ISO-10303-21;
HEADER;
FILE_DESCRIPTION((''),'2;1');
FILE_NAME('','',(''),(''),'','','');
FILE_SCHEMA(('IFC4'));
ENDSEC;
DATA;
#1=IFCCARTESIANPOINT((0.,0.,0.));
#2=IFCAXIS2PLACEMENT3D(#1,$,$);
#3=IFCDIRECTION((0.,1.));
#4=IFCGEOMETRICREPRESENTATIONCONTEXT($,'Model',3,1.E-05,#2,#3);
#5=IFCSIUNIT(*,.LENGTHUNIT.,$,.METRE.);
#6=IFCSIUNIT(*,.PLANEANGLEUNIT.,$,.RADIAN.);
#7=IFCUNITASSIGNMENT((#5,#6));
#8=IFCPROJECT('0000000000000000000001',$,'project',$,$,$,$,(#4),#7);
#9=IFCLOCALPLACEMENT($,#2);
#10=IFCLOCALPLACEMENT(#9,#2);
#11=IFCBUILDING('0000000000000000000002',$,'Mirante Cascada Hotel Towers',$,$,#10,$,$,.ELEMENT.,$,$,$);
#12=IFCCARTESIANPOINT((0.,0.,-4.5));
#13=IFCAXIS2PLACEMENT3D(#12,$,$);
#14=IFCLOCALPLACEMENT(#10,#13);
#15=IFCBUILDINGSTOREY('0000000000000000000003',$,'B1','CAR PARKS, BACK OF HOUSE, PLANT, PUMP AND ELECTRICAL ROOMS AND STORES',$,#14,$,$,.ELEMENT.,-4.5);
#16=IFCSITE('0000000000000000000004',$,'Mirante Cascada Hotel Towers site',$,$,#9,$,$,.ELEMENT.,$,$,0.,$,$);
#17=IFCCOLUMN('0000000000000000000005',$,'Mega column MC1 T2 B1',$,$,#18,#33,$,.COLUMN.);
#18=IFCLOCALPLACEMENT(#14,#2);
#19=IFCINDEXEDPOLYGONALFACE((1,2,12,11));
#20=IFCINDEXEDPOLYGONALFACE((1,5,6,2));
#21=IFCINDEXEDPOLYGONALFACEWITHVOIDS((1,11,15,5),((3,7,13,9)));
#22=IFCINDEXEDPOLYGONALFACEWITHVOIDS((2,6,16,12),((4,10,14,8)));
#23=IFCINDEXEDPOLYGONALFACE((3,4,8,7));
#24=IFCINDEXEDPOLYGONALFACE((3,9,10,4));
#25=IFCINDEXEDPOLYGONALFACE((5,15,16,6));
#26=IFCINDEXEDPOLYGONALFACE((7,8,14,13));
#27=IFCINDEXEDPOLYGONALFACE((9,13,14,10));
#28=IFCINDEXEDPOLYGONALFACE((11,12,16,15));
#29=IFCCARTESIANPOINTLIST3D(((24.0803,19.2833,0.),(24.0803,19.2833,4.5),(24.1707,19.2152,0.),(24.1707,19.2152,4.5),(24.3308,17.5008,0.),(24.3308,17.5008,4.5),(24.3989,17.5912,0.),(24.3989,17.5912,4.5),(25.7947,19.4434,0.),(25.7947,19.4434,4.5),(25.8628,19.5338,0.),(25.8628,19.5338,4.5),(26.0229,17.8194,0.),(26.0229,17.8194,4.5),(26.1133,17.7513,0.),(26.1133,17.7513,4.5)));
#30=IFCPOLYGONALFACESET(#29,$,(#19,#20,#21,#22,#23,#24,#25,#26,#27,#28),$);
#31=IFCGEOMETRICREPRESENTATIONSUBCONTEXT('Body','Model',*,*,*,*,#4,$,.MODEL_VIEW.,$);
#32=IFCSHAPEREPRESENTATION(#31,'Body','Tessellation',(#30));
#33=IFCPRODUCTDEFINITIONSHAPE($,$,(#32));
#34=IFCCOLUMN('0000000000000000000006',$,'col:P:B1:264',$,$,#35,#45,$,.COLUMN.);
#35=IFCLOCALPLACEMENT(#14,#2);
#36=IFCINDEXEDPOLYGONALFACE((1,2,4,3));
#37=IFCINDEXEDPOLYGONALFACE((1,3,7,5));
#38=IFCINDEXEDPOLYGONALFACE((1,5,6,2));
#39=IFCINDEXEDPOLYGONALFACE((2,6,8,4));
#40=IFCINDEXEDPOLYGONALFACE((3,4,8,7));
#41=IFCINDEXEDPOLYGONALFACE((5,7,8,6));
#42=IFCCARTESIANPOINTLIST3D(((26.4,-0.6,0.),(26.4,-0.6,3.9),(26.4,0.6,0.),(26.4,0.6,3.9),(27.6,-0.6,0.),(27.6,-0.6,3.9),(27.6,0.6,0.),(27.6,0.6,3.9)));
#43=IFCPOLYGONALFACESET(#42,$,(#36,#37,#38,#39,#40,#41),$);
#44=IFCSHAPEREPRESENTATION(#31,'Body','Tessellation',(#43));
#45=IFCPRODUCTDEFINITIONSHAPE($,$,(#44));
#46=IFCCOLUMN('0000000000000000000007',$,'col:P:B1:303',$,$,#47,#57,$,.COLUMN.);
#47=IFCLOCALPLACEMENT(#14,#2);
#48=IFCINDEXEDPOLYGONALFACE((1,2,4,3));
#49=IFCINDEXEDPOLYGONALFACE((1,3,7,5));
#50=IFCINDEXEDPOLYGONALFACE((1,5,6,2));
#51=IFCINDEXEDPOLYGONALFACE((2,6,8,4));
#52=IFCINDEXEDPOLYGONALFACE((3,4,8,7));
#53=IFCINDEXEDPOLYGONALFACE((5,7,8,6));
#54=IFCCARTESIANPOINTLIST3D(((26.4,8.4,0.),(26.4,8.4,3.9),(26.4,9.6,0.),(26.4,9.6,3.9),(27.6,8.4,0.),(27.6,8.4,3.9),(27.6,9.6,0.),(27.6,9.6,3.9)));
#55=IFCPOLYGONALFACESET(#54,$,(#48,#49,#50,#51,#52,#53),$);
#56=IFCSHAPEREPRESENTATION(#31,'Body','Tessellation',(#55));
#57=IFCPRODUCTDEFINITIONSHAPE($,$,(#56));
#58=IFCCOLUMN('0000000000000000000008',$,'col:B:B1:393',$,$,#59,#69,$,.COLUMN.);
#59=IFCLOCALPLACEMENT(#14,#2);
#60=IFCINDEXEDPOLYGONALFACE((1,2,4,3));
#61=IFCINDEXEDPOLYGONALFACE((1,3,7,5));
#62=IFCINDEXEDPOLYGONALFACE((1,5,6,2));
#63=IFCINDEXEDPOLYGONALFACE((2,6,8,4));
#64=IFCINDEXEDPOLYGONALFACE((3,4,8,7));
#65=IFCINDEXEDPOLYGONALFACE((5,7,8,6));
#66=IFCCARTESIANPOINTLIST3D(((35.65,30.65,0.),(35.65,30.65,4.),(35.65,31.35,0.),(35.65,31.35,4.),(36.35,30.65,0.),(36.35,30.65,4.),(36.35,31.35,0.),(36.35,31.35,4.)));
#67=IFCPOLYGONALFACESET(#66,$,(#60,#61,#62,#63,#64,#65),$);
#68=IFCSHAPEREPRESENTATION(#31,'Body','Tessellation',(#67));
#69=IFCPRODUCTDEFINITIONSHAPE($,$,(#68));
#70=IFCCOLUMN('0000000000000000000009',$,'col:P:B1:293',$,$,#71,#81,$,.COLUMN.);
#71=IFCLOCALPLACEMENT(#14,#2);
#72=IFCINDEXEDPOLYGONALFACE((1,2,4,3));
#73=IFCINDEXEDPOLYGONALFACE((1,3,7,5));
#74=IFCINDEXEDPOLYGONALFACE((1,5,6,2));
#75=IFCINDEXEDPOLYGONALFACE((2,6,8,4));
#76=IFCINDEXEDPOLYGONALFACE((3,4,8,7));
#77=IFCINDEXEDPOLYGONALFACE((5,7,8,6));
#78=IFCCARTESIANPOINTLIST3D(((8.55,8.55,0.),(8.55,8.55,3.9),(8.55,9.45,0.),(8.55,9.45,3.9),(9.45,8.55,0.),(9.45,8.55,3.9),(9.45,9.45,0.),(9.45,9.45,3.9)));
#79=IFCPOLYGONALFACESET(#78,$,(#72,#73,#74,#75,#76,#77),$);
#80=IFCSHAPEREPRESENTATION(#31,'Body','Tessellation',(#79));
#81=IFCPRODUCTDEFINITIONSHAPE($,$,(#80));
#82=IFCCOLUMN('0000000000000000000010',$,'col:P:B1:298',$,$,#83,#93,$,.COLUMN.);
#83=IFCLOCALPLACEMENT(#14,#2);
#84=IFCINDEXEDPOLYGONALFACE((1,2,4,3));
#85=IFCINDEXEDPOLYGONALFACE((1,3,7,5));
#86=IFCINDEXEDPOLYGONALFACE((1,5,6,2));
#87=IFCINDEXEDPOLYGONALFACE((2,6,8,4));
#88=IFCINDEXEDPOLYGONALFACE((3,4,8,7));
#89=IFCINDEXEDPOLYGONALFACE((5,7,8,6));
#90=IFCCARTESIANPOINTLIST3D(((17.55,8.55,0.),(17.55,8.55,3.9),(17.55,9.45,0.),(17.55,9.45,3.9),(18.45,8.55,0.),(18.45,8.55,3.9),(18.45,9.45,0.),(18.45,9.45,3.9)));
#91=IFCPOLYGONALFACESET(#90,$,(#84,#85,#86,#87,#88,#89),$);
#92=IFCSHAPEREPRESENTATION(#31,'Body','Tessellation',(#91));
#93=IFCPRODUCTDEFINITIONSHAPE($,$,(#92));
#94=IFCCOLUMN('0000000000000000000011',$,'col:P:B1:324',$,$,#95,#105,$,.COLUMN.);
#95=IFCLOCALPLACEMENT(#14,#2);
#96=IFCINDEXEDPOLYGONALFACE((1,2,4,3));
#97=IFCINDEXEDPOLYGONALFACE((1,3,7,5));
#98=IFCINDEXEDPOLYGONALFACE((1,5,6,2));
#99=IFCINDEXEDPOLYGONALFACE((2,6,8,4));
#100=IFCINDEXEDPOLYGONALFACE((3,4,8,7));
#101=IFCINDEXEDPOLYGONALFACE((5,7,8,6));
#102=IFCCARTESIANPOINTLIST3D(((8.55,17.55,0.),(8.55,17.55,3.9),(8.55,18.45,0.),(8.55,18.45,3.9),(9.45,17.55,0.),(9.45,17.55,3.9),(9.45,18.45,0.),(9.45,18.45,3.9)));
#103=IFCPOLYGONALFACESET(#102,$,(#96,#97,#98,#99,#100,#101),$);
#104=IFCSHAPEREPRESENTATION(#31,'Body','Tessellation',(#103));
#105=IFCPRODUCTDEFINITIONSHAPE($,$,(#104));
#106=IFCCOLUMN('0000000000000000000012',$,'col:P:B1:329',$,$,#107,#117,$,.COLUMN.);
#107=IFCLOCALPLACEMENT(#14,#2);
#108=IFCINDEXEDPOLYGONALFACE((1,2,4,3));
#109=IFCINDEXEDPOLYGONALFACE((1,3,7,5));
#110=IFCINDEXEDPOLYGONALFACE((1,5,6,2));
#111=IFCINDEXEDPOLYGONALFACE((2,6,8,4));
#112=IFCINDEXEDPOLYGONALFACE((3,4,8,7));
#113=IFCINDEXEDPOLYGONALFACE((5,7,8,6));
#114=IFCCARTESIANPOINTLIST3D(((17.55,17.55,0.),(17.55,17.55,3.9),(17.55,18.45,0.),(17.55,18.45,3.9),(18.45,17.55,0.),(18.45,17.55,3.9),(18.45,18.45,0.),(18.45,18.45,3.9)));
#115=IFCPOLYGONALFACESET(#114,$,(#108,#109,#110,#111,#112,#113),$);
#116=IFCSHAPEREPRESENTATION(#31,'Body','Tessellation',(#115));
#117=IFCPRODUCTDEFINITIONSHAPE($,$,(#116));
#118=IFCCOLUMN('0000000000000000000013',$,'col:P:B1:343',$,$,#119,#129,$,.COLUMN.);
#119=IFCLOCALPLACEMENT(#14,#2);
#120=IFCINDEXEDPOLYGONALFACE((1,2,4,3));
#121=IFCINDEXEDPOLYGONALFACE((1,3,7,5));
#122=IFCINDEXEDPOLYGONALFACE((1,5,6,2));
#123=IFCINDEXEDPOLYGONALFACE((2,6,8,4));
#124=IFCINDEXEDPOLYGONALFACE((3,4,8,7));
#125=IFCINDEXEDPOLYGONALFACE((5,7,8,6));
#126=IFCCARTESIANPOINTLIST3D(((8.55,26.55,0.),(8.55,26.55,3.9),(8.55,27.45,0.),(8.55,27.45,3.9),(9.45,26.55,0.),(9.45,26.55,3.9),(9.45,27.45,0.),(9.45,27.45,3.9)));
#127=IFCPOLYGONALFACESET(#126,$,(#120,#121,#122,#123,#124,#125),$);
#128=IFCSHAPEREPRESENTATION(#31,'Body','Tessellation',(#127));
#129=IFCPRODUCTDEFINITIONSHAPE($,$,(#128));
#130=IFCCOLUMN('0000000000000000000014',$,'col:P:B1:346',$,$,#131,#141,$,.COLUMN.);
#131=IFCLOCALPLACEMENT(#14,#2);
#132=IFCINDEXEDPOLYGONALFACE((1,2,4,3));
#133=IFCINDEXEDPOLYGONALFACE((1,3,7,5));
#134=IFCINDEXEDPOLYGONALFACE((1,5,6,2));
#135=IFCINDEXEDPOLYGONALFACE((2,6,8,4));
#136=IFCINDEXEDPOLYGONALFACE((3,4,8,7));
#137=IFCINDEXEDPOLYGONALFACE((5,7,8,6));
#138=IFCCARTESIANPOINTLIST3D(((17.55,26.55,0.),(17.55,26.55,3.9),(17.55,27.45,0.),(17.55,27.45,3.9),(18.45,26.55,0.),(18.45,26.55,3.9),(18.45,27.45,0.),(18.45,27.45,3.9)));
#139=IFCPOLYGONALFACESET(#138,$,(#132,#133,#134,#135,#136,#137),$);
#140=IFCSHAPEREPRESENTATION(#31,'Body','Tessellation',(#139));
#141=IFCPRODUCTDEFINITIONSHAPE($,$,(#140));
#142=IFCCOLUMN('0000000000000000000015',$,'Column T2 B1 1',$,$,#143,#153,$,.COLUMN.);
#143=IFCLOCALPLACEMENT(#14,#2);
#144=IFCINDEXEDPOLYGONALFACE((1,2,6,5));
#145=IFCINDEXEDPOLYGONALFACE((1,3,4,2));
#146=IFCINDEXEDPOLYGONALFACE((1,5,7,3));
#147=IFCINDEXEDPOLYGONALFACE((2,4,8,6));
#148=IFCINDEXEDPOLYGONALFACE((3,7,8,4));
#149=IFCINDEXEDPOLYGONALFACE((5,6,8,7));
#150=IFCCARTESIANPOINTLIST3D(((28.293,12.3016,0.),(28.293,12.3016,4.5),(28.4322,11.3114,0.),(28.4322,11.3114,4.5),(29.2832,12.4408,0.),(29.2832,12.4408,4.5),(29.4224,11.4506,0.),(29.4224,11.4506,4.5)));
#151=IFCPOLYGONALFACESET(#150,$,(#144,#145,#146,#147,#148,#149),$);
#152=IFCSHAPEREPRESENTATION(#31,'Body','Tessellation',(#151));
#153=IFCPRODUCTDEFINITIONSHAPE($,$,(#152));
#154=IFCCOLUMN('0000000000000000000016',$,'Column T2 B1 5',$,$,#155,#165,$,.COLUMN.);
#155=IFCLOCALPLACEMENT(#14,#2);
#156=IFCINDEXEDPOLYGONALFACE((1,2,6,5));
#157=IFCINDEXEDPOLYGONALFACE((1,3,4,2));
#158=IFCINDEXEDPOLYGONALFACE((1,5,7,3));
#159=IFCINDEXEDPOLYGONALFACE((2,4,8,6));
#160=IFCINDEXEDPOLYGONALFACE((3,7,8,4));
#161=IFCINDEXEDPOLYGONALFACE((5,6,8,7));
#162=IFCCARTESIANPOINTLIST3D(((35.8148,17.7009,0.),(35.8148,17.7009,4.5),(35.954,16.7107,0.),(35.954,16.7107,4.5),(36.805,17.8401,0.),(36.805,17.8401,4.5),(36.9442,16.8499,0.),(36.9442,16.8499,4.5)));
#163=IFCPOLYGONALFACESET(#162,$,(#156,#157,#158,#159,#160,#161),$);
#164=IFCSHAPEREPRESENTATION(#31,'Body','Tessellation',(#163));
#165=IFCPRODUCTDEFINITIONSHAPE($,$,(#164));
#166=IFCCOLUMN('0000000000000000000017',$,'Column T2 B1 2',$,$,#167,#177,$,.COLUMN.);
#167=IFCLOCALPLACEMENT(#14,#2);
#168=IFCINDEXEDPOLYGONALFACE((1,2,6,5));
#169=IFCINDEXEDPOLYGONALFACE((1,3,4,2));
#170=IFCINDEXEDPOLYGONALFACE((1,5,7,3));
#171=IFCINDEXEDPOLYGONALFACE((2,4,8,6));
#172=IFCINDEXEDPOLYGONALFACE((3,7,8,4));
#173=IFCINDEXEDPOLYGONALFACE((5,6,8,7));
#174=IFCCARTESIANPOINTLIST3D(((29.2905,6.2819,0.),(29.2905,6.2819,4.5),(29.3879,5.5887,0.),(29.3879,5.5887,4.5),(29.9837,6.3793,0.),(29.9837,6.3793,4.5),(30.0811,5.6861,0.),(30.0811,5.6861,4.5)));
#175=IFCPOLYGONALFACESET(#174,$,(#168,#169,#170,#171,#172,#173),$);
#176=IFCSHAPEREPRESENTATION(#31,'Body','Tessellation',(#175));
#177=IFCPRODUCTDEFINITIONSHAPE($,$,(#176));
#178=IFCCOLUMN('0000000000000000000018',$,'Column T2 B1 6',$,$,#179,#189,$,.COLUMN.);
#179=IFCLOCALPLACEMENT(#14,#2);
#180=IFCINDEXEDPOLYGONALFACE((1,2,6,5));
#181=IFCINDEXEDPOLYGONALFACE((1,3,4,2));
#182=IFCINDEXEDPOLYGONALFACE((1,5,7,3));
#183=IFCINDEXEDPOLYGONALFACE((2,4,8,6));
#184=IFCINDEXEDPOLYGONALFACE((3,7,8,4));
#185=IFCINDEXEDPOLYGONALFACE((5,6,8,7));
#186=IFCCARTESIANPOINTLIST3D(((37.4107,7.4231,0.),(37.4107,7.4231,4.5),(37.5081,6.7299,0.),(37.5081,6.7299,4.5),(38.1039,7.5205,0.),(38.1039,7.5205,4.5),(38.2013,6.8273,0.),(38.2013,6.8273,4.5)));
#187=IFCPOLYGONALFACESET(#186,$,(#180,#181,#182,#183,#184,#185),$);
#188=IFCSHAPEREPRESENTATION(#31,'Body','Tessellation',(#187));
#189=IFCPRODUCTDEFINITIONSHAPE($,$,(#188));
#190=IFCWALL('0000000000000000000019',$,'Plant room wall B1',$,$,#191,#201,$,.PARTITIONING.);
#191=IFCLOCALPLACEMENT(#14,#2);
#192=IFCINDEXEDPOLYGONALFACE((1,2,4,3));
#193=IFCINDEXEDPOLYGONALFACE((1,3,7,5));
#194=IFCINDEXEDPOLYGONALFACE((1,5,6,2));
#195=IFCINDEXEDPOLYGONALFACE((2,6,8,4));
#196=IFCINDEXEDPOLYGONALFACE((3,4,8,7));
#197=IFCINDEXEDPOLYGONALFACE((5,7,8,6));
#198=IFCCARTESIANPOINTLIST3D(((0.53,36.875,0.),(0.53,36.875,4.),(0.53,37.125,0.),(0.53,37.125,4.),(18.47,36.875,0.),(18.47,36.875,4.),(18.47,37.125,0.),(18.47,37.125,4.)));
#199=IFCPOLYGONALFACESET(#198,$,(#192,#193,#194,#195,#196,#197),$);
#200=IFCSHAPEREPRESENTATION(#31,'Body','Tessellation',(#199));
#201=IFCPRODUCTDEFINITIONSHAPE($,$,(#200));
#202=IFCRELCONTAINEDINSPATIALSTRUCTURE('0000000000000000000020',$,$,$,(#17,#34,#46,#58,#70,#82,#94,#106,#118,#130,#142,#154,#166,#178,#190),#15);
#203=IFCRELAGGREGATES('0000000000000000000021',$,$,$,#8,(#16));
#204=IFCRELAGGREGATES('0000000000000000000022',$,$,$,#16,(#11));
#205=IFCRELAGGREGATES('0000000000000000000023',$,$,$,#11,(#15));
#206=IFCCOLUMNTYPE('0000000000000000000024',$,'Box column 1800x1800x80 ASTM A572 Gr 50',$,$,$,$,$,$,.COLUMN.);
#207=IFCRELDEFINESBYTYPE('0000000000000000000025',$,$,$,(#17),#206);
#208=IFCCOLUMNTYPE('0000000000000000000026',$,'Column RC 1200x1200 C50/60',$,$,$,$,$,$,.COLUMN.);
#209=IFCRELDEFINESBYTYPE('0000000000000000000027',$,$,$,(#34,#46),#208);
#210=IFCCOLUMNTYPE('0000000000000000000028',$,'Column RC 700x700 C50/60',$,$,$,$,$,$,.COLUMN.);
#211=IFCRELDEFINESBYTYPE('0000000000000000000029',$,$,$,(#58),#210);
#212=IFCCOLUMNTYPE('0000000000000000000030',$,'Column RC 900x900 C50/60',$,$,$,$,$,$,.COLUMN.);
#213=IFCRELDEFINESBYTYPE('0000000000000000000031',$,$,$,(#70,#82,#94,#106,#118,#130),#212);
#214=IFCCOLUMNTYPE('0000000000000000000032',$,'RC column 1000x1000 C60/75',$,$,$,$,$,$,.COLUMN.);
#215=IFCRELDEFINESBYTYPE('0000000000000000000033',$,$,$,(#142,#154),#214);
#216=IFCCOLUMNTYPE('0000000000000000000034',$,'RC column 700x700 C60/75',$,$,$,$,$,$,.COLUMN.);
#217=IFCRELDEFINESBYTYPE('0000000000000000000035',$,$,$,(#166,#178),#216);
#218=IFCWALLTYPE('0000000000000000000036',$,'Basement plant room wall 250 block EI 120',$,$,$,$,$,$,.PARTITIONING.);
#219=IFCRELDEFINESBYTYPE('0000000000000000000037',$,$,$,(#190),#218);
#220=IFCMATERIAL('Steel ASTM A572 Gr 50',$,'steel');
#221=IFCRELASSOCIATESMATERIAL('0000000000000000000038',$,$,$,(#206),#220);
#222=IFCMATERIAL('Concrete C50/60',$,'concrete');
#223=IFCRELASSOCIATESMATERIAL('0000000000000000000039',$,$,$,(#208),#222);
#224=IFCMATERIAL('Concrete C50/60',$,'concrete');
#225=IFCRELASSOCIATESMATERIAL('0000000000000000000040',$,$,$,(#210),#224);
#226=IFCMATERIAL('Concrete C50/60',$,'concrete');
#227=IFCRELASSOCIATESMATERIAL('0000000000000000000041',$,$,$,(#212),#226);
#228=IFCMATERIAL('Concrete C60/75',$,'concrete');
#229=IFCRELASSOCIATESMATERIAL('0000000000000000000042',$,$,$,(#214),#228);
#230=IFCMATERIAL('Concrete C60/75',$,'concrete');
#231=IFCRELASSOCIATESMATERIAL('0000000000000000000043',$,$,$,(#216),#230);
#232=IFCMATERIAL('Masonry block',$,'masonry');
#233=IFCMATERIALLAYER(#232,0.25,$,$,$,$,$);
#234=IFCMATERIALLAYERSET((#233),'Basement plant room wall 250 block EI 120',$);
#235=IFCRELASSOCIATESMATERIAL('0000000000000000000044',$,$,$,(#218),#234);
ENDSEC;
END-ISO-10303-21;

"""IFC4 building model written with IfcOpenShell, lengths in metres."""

from ifc_helpers import new_model, si_unit, direction, frame, frame_2d, origin, origin_2d, place, context, subcontext, project, spatial, rectangle, hollow_rectangle, extrude, material, layer, layer_set, material_profile, profile_set, type_object, element, save


model = new_model("IFC4")

# Units and contexts
model_context = context("Model", 3, precision=1e-05, world=origin(), true_north=direction((0.0, 1.0)))
body_context = subcontext(model_context, "Body", "Model", "MODEL_VIEW")
ifc_project = project(units=[si_unit("LENGTHUNIT", "METRE"), si_unit("PLANEANGLEUNIT", "RADIAN")], contexts=[model_context])

# Site, building, storey
site_placement = place(None, origin())
site = spatial("IfcSite", under=ifc_project, at=site_placement, Name="Mirante Cascada Hotel Towers site", CompositionType="ELEMENT", RefElevation=0.0)
building_placement = place(site_placement, origin())
building = spatial("IfcBuilding", under=site, at=building_placement, Name="Mirante Cascada Hotel Towers", CompositionType="ELEMENT")
storey_placement = place(building_placement, frame((0.0, 0.0, -4.5)))
storey = spatial("IfcBuildingStorey", under=building, at=storey_placement, Name="B1", Description="CAR PARKS, BACK OF HOUSE, PLANT, PUMP AND ELECTRICAL ROOMS AND STORES", CompositionType="ELEMENT", Elevation=-4.5)

# Columns
ifc_material_1 = material(Name="Steel ASTM A572 Gr 50", Category="steel")
ifc_material_profile_1 = material_profile(ifc_material_1, hollow_rectangle(XDim=1.8, YDim=1.8, WallThickness=0.08, at=origin_2d()), Name="Box column 1800x1800x80 ASTM A572 Gr 50")
ifc_profile_set_1 = profile_set([ifc_material_profile_1], Name="Steel ASTM A572 Gr 50")
column_type_1 = type_object("IfcColumnType", Name="Box column 1800x1800x80 ASTM A572 Gr 50", PredefinedType="COLUMN", material=ifc_profile_set_1)
column_1_placement = place(storey_placement, frame((25.0968, 18.5173, 0.0), z_axis=(0.0, 0.0, 1.0), x_axis=(0.990268, 0.139173, 0.0)))
element("IfcColumn", 1, at=column_1_placement, inside=storey, type_object=column_type_1, Name="Mega column MC1 T2 B1", PredefinedType="COLUMN", context=body_context, shape_type="SweptSolid", body=[
    extrude(hollow_rectangle(XDim=1.8, YDim=1.8, WallThickness=0.08, at=origin_2d()), origin(), (0.0, 0.0, 1.0), 4.5),
])
ifc_material_2 = material(Name="Concrete C50/60", Category="concrete")
ifc_material_profile_2 = material_profile(ifc_material_2, rectangle(XDim=1.2, YDim=1.2, at=origin_2d()), Name="RC 1200x1200")
ifc_profile_set_2 = profile_set([ifc_material_profile_2], Name="Concrete C50/60")
column_type_2 = type_object("IfcColumnType", Name="Column RC 1200x1200 C50/60", PredefinedType="COLUMN", material=ifc_profile_set_2)
for number, where, z_axis, x_axis, name in (
    (2, (27.0, 0.0, 0.0), (0.0, 0.0, 1.0), (1.0, 0.0, 0.0), "col:P:B1:264"),
    (3, (27.0, 9.0, 0.0), (0.0, 0.0, 1.0), (1.0, 0.0, 0.0), "col:P:B1:303"),
):
    element("IfcColumn", number, at=place(storey_placement, frame(where, z_axis=z_axis, x_axis=x_axis)), inside=storey, type_object=column_type_2, Name=name, PredefinedType="COLUMN", context=body_context, shape_type="SweptSolid", body=[
        extrude(rectangle(XDim=1.2, YDim=1.2, at=origin_2d()), origin(), (0.0, 0.0, 1.0), 3.9),
    ])
ifc_material_3 = material(Name="Concrete C50/60", Category="concrete")
ifc_material_profile_3 = material_profile(ifc_material_3, rectangle(XDim=0.7, YDim=0.7, at=origin_2d()), Name="RC 700x700")
ifc_profile_set_3 = profile_set([ifc_material_profile_3], Name="Concrete C50/60")
column_type_3 = type_object("IfcColumnType", Name="Column RC 700x700 C50/60", PredefinedType="COLUMN", material=ifc_profile_set_3)
column_2_placement = place(storey_placement, frame((36.0, 31.0, 0.0), z_axis=(0.0, 0.0, 1.0), x_axis=(1.0, 0.0, 0.0)))
element("IfcColumn", 4, at=column_2_placement, inside=storey, type_object=column_type_3, Name="col:B:B1:393", PredefinedType="COLUMN", context=body_context, shape_type="SweptSolid", body=[
    extrude(rectangle(XDim=0.7, YDim=0.7, at=origin_2d()), origin(), (0.0, 0.0, 1.0), 4.0),
])
ifc_material_4 = material(Name="Concrete C50/60", Category="concrete")
ifc_material_profile_4 = material_profile(ifc_material_4, rectangle(XDim=0.9, YDim=0.9, at=origin_2d()), Name="RC 900x900")
ifc_profile_set_4 = profile_set([ifc_material_profile_4], Name="Concrete C50/60")
column_type_4 = type_object("IfcColumnType", Name="Column RC 900x900 C50/60", PredefinedType="COLUMN", material=ifc_profile_set_4)
for number, where, z_axis, x_axis, name in (
    (5, (9.0, 9.0, 0.0), (0.0, 0.0, 1.0), (1.0, 0.0, 0.0), "col:P:B1:293"),
    (6, (18.0, 9.0, 0.0), (0.0, 0.0, 1.0), (1.0, 0.0, 0.0), "col:P:B1:298"),
    (7, (9.0, 18.0, 0.0), (0.0, 0.0, 1.0), (1.0, 0.0, 0.0), "col:P:B1:324"),
    (8, (18.0, 18.0, 0.0), (0.0, 0.0, 1.0), (1.0, 0.0, 0.0), "col:P:B1:329"),
    (9, (9.0, 27.0, 0.0), (0.0, 0.0, 1.0), (1.0, 0.0, 0.0), "col:P:B1:343"),
    (10, (18.0, 27.0, 0.0), (0.0, 0.0, 1.0), (1.0, 0.0, 0.0), "col:P:B1:346"),
):
    element("IfcColumn", number, at=place(storey_placement, frame(where, z_axis=z_axis, x_axis=x_axis)), inside=storey, type_object=column_type_4, Name=name, PredefinedType="COLUMN", context=body_context, shape_type="SweptSolid", body=[
        extrude(rectangle(XDim=0.9, YDim=0.9, at=origin_2d()), origin(), (0.0, 0.0, 1.0), 3.9),
    ])
ifc_material_5 = material(Name="Concrete C60/75", Category="concrete")
ifc_material_profile_5 = material_profile(ifc_material_5, rectangle(XDim=1.0, YDim=1.0, at=origin_2d()), Name="RC column 1000x1000 C60/75")
ifc_profile_set_5 = profile_set([ifc_material_profile_5], Name="Concrete C60/75")
column_type_5 = type_object("IfcColumnType", Name="RC column 1000x1000 C60/75", PredefinedType="COLUMN", material=ifc_profile_set_5)
for number, where, z_axis, x_axis, name in (
    (11, (28.8577, 11.8761, 0.0), (0.0, 0.0, 1.0), (0.990268, 0.139173, 0.0), "Column T2 B1 1"),
    (12, (36.3795, 17.2754, 0.0), (0.0, 0.0, 1.0), (0.990268, 0.139173, 0.0), "Column T2 B1 5"),
):
    element("IfcColumn", number, at=place(storey_placement, frame(where, z_axis=z_axis, x_axis=x_axis)), inside=storey, type_object=column_type_5, Name=name, PredefinedType="COLUMN", context=body_context, shape_type="SweptSolid", body=[
        extrude(rectangle(XDim=1.0, YDim=1.0, at=origin_2d()), origin(), (0.0, 0.0, 1.0), 4.5),
    ])
ifc_material_6 = material(Name="Concrete C60/75", Category="concrete")
ifc_material_profile_6 = material_profile(ifc_material_6, rectangle(XDim=0.7, YDim=0.7, at=origin_2d()), Name="RC column 700x700 C60/75")
ifc_profile_set_6 = profile_set([ifc_material_profile_6], Name="Concrete C60/75")
column_type_6 = type_object("IfcColumnType", Name="RC column 700x700 C60/75", PredefinedType="COLUMN", material=ifc_profile_set_6)
for number, where, z_axis, x_axis, name in (
    (13, (29.6858, 5.984, 0.0), (0.0, 0.0, 1.0), (0.990268, 0.139173, 0.0), "Column T2 B1 2"),
    (14, (37.806, 7.1252, 0.0), (0.0, 0.0, 1.0), (0.990268, 0.139173, 0.0), "Column T2 B1 6"),
):
    element("IfcColumn", number, at=place(storey_placement, frame(where, z_axis=z_axis, x_axis=x_axis)), inside=storey, type_object=column_type_6, Name=name, PredefinedType="COLUMN", context=body_context, shape_type="SweptSolid", body=[
        extrude(rectangle(XDim=0.7, YDim=0.7, at=origin_2d()), origin(), (0.0, 0.0, 1.0), 4.5),
    ])

# Wall
ifc_material_7 = material(Name="Masonry block", Category="masonry")
ifc_layer_1 = layer(ifc_material_7, 0.25)
ifc_layer_set_1 = layer_set([ifc_layer_1], Name="Basement plant room wall 250 block EI 120")
wall_type_1 = type_object("IfcWallType", Name="Basement plant room wall 250 block EI 120", PredefinedType="PARTITIONING", material=ifc_layer_set_1)
wall_1_placement = place(storey_placement, frame((0.53, 37.0, 0.0), z_axis=(0.0, 0.0, 1.0), x_axis=(1.0, 0.0, 0.0)))
element("IfcWall", 15, at=wall_1_placement, inside=storey, type_object=wall_type_1, Name="Plant room wall B1", PredefinedType="PARTITIONING", context=body_context, shape_type="SweptSolid", body=[
    extrude(rectangle(XDim=17.94, YDim=0.25, at=frame_2d((8.97, 0.0))), origin(), (0.0, 0.0, 1.0), 4.0),
])

save(model, "model.ifc")
